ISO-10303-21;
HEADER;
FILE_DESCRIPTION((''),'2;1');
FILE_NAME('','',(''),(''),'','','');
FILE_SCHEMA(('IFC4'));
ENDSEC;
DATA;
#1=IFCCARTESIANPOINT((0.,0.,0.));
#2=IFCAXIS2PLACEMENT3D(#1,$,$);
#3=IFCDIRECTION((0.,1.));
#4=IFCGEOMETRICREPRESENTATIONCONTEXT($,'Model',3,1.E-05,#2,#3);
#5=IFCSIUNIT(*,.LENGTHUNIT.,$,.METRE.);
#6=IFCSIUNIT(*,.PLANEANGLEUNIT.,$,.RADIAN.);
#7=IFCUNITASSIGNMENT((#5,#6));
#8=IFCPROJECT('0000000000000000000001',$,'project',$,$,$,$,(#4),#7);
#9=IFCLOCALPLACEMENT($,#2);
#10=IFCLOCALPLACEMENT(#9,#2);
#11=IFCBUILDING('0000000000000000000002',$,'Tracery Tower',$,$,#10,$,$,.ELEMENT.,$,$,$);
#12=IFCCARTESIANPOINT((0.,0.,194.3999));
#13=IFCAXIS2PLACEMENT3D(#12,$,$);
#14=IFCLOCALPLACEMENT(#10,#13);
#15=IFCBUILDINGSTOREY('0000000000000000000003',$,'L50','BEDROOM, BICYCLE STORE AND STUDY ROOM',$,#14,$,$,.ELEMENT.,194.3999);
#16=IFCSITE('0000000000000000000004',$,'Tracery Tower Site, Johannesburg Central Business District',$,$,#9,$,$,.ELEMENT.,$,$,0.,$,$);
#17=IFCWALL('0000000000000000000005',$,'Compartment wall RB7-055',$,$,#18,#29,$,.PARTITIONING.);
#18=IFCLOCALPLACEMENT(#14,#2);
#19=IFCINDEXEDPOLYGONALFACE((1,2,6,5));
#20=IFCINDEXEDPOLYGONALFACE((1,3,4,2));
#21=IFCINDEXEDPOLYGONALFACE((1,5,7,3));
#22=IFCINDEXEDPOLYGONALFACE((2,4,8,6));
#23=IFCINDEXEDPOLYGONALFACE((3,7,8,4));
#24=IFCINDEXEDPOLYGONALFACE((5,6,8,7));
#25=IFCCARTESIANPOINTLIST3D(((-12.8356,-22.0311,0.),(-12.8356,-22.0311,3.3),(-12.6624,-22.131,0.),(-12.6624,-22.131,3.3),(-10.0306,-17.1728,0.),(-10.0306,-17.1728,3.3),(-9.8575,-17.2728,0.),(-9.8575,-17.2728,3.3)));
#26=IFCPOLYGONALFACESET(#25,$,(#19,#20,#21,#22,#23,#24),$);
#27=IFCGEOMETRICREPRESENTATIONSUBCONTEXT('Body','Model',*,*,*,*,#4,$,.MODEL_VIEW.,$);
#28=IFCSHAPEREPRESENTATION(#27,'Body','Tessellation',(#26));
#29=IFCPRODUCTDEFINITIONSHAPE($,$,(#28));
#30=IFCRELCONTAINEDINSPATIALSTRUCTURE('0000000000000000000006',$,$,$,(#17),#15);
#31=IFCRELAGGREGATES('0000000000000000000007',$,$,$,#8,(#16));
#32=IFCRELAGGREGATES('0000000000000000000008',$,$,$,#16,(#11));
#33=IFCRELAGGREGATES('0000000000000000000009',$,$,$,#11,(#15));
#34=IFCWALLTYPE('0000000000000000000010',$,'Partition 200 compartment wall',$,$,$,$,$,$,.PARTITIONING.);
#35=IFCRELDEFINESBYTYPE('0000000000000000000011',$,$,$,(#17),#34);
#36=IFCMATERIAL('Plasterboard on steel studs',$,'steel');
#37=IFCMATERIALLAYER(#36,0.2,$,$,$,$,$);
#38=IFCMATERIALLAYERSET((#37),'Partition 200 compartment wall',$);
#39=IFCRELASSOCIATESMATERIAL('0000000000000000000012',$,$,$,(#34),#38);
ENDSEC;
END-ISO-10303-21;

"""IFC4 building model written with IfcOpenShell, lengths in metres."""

from ifc_helpers import new_model, si_unit, direction, frame, frame_2d, origin, place, context, subcontext, project, spatial, rectangle, extrude, material, layer, layer_set, type_object, element, save


model = new_model("IFC4")

# Units and contexts
model_context = context("Model", 3, precision=1e-05, world=origin(), true_north=direction((0.0, 1.0)))
body_context = subcontext(model_context, "Body", "Model", "MODEL_VIEW")
ifc_project = project(units=[si_unit("LENGTHUNIT", "METRE"), si_unit("PLANEANGLEUNIT", "RADIAN")], contexts=[model_context])

# Site, building, storey
site_placement = place(None, origin())
site = spatial("IfcSite", under=ifc_project, at=site_placement, Name="Tracery Tower Site, Johannesburg Central Business District", CompositionType="ELEMENT", RefElevation=0.0)
building_placement = place(site_placement, origin())
building = spatial("IfcBuilding", under=site, at=building_placement, Name="Tracery Tower", CompositionType="ELEMENT")
storey_placement = place(building_placement, frame((0.0, 0.0, 194.3999)))
storey = spatial("IfcBuildingStorey", under=building, at=storey_placement, Name="L50", Description="BEDROOM, BICYCLE STORE AND STUDY ROOM", CompositionType="ELEMENT", Elevation=194.3999)

# Wall
ifc_material_1 = material(Name="Plasterboard on steel studs", Category="steel")
ifc_layer_1 = layer(ifc_material_1, 0.2)
ifc_layer_set_1 = layer_set([ifc_layer_1], Name="Partition 200 compartment wall")
wall_type_1 = type_object("IfcWallType", Name="Partition 200 compartment wall", PredefinedType="PARTITIONING", material=ifc_layer_set_1)
wall_1_placement = place(storey_placement, frame((-12.749, -22.0811, 0.0), z_axis=(0.0, 0.0, 1.0), x_axis=(0.50001, 0.86602, 0.0)))
element("IfcWall", 1, at=wall_1_placement, inside=storey, type_object=wall_type_1, Name="Compartment wall RB7-055", PredefinedType="PARTITIONING", context=body_context, shape_type="SweptSolid", body=[
    extrude(rectangle(XDim=5.6099, YDim=0.2, at=frame_2d((2.8049, 0.0))), origin(), (0.0, 0.0, 1.0), 3.3),
])

save(model, "model.ifc")
